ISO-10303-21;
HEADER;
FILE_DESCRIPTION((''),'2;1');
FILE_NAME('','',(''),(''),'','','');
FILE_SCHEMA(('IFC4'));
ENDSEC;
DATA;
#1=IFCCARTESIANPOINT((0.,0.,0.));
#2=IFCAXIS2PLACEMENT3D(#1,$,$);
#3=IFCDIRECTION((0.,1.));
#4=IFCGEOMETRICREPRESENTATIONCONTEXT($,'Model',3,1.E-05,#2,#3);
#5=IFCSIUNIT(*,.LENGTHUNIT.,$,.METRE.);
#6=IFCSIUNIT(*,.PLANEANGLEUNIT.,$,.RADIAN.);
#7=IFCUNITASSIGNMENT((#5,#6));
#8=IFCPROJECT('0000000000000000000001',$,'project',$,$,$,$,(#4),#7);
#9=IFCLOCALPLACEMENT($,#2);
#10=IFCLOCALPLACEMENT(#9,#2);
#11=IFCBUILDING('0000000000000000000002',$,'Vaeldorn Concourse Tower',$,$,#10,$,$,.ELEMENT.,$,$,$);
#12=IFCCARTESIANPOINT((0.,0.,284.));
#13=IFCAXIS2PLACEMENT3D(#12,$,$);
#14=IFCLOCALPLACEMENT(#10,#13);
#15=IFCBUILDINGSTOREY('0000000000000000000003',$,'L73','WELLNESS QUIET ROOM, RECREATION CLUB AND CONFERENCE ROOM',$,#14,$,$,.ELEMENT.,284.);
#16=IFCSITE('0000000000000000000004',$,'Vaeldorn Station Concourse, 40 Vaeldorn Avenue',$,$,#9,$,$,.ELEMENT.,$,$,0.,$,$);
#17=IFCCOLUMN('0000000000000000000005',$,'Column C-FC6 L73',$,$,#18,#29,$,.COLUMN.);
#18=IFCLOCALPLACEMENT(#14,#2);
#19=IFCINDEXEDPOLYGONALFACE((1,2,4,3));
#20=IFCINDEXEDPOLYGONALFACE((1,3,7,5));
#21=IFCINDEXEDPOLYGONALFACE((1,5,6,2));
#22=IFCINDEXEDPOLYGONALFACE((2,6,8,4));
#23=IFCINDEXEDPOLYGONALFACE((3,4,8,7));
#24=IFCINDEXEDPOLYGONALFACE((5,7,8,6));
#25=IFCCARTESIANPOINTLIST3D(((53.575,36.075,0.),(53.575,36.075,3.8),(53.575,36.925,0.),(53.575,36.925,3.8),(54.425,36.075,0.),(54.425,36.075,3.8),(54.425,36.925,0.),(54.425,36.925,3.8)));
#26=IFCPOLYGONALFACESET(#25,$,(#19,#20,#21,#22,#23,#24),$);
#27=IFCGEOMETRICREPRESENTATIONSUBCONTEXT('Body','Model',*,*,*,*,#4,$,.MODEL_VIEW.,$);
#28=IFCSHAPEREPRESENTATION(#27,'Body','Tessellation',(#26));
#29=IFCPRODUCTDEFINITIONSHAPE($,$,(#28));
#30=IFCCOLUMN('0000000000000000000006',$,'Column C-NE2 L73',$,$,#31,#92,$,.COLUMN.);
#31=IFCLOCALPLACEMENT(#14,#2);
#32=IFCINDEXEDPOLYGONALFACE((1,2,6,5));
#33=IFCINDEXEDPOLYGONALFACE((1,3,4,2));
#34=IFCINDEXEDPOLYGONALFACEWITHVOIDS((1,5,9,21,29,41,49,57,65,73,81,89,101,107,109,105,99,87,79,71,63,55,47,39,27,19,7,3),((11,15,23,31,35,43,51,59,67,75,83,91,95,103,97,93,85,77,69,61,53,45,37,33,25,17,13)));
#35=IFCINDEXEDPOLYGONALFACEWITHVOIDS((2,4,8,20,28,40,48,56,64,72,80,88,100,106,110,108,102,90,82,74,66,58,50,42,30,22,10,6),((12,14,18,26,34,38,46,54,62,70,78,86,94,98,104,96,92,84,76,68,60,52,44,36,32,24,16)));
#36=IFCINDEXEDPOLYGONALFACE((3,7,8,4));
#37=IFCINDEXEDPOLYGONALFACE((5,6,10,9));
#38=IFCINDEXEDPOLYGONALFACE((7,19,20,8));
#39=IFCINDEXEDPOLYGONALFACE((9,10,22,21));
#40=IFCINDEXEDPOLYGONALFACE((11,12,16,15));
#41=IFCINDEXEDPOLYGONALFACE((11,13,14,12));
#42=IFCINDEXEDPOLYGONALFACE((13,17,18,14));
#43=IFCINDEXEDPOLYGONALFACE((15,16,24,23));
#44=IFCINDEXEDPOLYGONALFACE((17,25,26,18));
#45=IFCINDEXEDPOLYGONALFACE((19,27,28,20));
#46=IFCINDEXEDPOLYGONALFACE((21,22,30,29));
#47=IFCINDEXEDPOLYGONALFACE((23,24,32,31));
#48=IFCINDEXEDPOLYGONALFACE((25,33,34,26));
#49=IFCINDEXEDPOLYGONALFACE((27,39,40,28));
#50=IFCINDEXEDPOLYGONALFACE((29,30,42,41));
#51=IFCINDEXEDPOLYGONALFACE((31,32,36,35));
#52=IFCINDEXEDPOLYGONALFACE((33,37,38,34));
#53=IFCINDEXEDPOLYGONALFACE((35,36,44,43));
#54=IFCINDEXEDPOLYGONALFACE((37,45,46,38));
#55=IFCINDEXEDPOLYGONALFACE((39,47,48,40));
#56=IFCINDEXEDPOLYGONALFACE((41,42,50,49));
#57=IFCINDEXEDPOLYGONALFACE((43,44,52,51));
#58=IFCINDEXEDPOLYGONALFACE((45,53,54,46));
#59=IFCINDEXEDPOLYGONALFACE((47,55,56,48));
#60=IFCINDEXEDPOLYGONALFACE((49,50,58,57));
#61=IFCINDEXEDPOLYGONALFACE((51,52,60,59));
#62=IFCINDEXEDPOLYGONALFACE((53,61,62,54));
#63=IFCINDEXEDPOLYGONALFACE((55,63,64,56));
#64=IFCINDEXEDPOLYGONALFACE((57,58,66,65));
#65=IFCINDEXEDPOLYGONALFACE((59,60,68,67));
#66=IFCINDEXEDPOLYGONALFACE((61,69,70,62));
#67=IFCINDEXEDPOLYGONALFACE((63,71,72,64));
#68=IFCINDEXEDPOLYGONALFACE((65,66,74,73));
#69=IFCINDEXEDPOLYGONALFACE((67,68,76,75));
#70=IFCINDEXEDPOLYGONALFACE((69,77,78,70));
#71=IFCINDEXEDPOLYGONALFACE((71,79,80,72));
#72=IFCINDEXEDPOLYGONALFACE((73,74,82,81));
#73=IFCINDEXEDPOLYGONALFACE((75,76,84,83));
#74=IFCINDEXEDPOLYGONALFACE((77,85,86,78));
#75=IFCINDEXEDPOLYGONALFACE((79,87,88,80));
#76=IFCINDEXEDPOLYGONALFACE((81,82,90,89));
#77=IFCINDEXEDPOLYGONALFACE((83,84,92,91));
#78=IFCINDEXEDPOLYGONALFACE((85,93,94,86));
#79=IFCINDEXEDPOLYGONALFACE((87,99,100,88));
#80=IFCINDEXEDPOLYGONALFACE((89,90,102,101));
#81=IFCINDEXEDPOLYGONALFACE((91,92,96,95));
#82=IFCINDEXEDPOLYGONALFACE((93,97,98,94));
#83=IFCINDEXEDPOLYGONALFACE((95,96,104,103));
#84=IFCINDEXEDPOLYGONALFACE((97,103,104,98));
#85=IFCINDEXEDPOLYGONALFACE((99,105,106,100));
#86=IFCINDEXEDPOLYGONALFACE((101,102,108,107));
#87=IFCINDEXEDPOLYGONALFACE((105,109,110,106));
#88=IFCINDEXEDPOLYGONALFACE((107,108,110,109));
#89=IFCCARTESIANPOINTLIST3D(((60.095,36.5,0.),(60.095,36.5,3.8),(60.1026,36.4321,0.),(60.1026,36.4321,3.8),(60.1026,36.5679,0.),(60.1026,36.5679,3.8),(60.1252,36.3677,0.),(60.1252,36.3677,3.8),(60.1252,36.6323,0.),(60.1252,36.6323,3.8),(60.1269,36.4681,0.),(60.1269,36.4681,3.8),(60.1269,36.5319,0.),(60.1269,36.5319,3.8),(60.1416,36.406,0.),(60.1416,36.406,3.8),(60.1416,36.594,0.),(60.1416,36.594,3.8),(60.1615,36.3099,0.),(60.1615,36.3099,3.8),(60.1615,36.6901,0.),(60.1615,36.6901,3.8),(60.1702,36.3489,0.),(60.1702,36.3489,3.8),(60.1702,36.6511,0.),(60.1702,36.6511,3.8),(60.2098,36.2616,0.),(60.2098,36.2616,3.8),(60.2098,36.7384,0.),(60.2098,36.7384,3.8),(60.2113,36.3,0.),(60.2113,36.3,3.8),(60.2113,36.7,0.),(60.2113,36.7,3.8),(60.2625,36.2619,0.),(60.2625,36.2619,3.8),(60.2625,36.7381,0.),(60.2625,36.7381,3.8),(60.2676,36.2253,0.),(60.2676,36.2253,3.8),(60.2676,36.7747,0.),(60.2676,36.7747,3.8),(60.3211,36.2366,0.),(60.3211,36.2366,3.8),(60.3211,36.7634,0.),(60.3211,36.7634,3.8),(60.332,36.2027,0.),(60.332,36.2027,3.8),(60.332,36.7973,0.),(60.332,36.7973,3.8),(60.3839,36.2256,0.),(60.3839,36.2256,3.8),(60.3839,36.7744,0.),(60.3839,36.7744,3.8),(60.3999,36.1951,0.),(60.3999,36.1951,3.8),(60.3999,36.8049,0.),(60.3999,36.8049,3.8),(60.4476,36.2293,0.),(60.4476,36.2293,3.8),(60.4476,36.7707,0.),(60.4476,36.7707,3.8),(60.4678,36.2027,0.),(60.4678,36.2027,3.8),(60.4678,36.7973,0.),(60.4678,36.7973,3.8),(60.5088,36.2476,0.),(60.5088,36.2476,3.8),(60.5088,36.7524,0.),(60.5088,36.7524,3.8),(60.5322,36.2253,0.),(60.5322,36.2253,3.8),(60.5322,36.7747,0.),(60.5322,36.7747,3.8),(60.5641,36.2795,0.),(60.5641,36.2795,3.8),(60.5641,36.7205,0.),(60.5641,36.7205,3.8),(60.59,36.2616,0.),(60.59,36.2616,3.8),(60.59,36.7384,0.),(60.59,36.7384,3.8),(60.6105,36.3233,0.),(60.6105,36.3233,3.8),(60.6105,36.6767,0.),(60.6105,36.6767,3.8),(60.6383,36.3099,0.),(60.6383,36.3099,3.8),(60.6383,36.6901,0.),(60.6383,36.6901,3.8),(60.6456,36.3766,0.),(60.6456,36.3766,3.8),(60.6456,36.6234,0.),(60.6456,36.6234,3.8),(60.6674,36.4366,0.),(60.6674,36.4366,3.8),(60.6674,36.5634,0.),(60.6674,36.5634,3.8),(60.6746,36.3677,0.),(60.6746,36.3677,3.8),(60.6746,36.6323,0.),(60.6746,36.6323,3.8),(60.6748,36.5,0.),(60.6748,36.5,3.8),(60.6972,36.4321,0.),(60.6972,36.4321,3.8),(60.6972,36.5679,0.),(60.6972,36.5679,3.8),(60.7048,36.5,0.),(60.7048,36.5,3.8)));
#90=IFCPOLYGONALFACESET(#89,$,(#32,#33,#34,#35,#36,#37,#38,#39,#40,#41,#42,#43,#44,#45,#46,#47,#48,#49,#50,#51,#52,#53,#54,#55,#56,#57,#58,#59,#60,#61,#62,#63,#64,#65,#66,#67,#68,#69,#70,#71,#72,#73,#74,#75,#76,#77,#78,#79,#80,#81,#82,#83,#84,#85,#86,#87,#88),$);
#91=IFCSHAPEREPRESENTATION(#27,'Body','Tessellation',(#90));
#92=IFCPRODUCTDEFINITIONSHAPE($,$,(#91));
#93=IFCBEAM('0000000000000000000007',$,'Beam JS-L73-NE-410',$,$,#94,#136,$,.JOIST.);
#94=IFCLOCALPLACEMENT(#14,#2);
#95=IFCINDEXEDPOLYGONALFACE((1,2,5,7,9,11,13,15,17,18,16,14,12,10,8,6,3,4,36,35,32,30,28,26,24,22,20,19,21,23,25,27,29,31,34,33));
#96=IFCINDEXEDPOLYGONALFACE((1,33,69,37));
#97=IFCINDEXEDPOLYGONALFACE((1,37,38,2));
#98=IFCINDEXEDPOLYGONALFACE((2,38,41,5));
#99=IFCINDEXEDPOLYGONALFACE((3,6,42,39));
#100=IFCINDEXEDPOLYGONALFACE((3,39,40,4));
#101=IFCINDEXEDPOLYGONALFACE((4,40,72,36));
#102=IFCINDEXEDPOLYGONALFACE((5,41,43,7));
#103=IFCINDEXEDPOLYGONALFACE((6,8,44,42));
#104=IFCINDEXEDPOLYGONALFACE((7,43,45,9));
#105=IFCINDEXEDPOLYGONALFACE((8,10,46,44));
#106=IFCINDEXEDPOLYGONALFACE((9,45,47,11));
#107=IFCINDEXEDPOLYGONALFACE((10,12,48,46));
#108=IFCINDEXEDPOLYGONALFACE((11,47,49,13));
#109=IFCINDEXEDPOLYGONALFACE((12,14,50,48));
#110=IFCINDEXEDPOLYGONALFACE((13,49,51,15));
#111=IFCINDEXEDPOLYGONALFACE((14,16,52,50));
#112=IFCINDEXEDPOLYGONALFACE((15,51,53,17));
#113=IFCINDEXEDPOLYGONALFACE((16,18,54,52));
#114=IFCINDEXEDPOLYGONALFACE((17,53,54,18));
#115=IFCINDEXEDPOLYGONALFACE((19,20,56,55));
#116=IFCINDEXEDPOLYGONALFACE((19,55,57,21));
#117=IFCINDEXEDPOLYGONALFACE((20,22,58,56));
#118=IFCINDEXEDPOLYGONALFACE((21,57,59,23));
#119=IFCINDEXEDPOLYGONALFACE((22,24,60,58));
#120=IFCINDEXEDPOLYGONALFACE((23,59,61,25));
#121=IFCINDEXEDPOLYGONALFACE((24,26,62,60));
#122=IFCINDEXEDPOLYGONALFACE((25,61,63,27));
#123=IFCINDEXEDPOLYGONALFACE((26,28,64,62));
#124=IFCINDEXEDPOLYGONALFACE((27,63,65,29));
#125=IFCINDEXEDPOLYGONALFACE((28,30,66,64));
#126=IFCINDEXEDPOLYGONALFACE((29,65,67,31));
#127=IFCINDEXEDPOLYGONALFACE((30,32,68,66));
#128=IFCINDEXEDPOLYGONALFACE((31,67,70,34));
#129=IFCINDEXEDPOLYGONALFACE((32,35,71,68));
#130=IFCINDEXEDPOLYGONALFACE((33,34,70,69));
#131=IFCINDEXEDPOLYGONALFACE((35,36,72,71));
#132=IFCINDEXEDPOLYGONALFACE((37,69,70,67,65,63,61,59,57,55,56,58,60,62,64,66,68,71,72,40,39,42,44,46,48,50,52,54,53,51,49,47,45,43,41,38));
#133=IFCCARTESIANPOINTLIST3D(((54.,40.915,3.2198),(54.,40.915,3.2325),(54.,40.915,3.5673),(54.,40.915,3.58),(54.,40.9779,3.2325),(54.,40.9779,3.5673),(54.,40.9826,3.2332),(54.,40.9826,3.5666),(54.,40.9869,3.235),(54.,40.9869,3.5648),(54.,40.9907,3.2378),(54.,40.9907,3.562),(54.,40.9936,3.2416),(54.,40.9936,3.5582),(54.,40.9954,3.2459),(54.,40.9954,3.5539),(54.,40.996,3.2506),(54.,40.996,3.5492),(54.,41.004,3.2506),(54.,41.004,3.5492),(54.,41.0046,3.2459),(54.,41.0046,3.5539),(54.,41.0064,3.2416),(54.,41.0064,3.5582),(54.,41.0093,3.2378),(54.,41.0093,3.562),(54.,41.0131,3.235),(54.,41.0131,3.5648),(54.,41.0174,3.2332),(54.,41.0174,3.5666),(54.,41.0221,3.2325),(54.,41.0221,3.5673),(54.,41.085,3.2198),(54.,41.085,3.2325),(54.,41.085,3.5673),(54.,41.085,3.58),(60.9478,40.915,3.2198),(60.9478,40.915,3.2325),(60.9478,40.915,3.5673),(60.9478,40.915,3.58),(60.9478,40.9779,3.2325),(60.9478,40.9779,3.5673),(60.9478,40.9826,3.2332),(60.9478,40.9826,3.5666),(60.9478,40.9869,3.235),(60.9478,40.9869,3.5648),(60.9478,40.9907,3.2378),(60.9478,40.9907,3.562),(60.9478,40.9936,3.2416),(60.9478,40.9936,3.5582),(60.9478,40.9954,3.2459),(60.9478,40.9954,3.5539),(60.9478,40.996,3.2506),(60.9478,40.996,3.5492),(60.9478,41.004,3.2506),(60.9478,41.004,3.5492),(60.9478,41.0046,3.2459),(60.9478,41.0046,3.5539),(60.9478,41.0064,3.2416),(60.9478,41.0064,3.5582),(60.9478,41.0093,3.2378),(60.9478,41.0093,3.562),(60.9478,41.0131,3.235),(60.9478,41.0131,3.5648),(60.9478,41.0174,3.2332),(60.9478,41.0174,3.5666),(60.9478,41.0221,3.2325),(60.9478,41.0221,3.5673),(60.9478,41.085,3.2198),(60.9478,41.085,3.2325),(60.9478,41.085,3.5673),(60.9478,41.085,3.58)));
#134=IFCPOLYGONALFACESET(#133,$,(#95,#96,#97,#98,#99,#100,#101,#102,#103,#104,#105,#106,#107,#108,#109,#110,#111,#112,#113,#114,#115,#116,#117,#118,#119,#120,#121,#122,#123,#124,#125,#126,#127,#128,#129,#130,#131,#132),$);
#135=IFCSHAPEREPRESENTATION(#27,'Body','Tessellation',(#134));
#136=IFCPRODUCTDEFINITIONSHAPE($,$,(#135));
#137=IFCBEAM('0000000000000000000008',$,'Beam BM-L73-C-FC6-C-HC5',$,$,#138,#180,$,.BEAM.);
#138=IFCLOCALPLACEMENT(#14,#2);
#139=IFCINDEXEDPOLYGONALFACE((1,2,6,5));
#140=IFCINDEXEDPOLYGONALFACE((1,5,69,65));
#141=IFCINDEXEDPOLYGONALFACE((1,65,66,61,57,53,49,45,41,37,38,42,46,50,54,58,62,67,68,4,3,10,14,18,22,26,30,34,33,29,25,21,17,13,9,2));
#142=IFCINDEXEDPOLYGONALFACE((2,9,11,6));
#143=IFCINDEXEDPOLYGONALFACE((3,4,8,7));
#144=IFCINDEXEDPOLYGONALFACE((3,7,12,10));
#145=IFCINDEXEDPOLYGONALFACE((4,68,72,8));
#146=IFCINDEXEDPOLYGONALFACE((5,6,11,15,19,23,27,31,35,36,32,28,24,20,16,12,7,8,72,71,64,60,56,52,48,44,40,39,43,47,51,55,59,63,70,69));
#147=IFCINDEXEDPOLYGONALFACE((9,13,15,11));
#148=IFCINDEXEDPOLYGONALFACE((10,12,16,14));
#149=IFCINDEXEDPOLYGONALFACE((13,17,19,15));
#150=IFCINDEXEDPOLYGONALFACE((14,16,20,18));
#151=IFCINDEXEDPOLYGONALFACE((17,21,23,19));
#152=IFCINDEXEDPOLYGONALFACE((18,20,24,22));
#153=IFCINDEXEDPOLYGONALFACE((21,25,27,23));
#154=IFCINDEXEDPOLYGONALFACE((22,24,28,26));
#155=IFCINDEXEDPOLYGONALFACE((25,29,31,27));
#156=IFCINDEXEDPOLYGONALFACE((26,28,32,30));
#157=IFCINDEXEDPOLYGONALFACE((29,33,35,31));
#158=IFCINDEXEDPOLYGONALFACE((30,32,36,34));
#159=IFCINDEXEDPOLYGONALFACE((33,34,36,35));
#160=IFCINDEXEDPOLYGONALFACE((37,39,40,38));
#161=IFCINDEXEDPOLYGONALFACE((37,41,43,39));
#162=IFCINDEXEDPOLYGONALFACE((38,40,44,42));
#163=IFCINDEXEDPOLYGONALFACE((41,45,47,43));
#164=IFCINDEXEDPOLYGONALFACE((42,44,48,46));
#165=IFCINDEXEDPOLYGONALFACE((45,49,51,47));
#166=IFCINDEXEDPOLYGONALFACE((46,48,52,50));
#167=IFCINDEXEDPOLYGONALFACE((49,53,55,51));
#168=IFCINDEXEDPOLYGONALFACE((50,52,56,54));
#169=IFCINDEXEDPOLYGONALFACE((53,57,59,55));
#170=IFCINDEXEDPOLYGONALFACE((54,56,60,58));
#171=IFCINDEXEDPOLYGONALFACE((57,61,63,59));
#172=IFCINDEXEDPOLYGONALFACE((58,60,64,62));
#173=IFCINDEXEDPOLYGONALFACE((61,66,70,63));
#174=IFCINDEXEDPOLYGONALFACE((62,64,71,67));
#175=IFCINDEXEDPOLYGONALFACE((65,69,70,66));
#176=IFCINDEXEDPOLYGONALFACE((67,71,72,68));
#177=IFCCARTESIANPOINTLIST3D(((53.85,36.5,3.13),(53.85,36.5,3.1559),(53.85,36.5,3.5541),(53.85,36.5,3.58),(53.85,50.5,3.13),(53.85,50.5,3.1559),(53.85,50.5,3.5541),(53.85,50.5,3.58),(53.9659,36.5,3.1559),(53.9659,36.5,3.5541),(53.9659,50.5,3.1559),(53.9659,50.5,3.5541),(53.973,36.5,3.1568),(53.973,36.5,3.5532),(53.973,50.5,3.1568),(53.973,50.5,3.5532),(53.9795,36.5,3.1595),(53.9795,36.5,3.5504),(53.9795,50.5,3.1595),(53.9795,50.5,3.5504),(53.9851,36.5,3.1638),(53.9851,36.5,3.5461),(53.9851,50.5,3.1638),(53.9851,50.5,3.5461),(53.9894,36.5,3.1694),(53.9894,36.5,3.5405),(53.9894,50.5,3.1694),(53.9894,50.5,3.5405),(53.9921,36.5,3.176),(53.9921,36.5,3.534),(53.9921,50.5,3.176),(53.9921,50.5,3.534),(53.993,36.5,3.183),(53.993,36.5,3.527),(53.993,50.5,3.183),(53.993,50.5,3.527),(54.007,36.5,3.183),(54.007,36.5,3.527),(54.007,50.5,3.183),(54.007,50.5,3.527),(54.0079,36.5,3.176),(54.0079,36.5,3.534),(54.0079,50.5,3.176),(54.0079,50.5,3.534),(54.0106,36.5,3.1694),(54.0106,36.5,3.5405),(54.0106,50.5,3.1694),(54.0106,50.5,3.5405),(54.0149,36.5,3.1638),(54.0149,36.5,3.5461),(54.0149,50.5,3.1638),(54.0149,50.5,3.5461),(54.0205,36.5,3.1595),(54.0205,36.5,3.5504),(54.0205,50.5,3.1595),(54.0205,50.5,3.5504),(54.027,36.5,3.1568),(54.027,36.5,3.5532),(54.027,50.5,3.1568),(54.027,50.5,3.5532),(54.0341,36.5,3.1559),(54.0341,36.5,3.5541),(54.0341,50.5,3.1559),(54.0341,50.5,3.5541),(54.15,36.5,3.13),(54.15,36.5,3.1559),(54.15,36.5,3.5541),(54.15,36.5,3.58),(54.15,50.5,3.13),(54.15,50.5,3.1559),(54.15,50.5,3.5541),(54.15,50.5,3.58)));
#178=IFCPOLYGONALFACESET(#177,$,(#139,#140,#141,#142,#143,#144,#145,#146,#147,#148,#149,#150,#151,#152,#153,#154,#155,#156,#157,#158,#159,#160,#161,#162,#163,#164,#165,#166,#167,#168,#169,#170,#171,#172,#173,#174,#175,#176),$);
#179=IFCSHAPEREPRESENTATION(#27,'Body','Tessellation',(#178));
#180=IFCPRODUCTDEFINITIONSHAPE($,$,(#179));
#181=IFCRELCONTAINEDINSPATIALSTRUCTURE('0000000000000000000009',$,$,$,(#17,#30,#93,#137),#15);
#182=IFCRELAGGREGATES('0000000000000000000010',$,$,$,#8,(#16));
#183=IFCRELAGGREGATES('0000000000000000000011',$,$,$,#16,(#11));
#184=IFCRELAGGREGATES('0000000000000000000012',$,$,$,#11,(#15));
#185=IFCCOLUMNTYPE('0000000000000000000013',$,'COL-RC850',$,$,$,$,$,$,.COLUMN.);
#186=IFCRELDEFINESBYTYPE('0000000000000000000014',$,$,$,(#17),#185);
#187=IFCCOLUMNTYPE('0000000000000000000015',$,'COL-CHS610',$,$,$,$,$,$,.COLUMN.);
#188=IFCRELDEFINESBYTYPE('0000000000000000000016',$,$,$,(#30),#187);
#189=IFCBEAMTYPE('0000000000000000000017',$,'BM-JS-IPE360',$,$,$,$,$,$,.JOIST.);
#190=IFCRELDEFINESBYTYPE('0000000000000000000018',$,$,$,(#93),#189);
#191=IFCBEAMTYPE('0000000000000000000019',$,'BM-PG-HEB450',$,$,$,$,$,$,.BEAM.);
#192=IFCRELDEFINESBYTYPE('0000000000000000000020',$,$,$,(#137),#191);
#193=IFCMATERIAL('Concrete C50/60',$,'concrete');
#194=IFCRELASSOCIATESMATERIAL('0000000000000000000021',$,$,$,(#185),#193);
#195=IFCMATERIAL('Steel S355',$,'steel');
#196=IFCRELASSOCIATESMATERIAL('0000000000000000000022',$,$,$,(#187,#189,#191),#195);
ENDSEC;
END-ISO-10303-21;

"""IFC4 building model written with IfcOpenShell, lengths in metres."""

from ifc_helpers import new_model, si_unit, direction, frame, origin, origin_2d, place, context, subcontext, project, spatial, rectangle, hollow_circle, i_section, extrude, source, transform, mapped, material, material_profile, profile_set, type_object, element, save


model = new_model("IFC4")

# Units and contexts
model_context = context("Model", 3, precision=1e-05, world=origin(), true_north=direction((0.0, 1.0)))
body_context = subcontext(model_context, "Body", "Model", "MODEL_VIEW")
ifc_project = project(units=[si_unit("LENGTHUNIT", "METRE"), si_unit("PLANEANGLEUNIT", "RADIAN")], contexts=[model_context])

# Site, building, storey
site_placement = place(None, origin())
site = spatial("IfcSite", under=ifc_project, at=site_placement, Name="Vaeldorn Station Concourse, 40 Vaeldorn Avenue", CompositionType="ELEMENT", RefElevation=0.0)
building_placement = place(site_placement, origin())
building = spatial("IfcBuilding", under=site, at=building_placement, Name="Vaeldorn Concourse Tower", CompositionType="ELEMENT")
storey_placement = place(building_placement, frame((0.0, 0.0, 284.0)))
storey = spatial("IfcBuildingStorey", under=building, at=storey_placement, Name="L73", Description="WELLNESS QUIET ROOM, RECREATION CLUB AND CONFERENCE ROOM", CompositionType="ELEMENT", Elevation=284.0)

# Columns
ifc_material_1 = material(Name="Concrete C50/60", Category="concrete")
ifc_material_profile_1 = material_profile(ifc_material_1, rectangle(XDim=0.8501, YDim=0.8501, at=origin_2d()), Name="RC 850x850")
ifc_profile_set_1 = profile_set([ifc_material_profile_1], Name="Concrete C50/60")
column_type_1 = type_object("IfcColumnType", Name="COL-RC850", PredefinedType="COLUMN", material=ifc_profile_set_1)
shared_shape_1 = source(origin(), body_context, "Body", "SweptSolid", [
    extrude(rectangle(XDim=0.8501, YDim=0.8501, at=origin_2d()), origin(), (0.0, 0.0, 1.0), 3.8),
])
column_1_placement = place(storey_placement, frame((54.0, 36.5, 0.0), z_axis=(0.0, 0.0, 1.0), x_axis=(1.0, 0.0, 0.0)))
element("IfcColumn", 1, at=column_1_placement, inside=storey, type_object=column_type_1, Name="Column C-FC6 L73", PredefinedType="COLUMN", context=body_context, shape_type="MappedRepresentation", body=[
    mapped(shared_shape_1, transform((0.0, 0.0, 0.0), scale=1.0)),
])
ifc_material_2 = material(Name="Steel S355", Category="steel")
ifc_material_profile_2 = material_profile(ifc_material_2, hollow_circle(Radius=0.3049, WallThickness=0.03, at=origin_2d()), Name="CHS 610x30")
ifc_profile_set_2 = profile_set([ifc_material_profile_2], Name="Steel S355")
column_type_2 = type_object("IfcColumnType", Name="COL-CHS610", PredefinedType="COLUMN", material=ifc_profile_set_2)
shared_shape_2 = source(origin(), body_context, "Body", "SweptSolid", [
    extrude(hollow_circle(Radius=0.3049, WallThickness=0.03, at=origin_2d()), origin(), (0.0, 0.0, 1.0), 3.8),
])
column_2_placement = place(storey_placement, frame((60.3999, 36.5, 0.0), z_axis=(0.0, 0.0, 1.0), x_axis=(1.0, 0.0, 0.0)))
element("IfcColumn", 2, at=column_2_placement, inside=storey, type_object=column_type_2, Name="Column C-NE2 L73", PredefinedType="COLUMN", context=body_context, shape_type="MappedRepresentation", body=[
    mapped(shared_shape_2, transform((0.0, 0.0, 0.0), scale=1.0)),
])

# Beams
ifc_material_profile_3 = material_profile(ifc_material_2, i_section(OverallWidth=0.1699, OverallDepth=0.3601, WebThickness=0.0081, FlangeThickness=0.0127, FilletRadius=0.0181, at=origin_2d()), Name="IPE 360")
ifc_profile_set_3 = profile_set([ifc_material_profile_3], Name="Steel S355")
beam_type_1 = type_object("IfcBeamType", Name="BM-JS-IPE360", PredefinedType="JOIST", material=ifc_profile_set_3)
shared_shape_3 = source(origin(), body_context, "Body", "SweptSolid", [
    extrude(i_section(OverallWidth=0.1699, OverallDepth=0.3601, WebThickness=0.0081, FlangeThickness=0.0127, FilletRadius=0.0181, at=origin_2d()), origin(), (0.0, 0.0, 1.0), 6.9478),
])
beam_1_placement = place(storey_placement, frame((54.0, 41.0, 3.3999), z_axis=(1.0, 0.0, 0.0), x_axis=(0.0, 1.0, 0.0)))
element("IfcBeam", 3, at=beam_1_placement, inside=storey, type_object=beam_type_1, Name="Beam JS-L73-NE-410", PredefinedType="JOIST", context=body_context, shape_type="MappedRepresentation", body=[
    mapped(shared_shape_3, transform((0.0, 0.0, 0.0), scale=1.0)),
])
ifc_material_profile_4 = material_profile(ifc_material_2, i_section(OverallWidth=0.3, OverallDepth=0.45, WebThickness=0.0139, FlangeThickness=0.0259, FilletRadius=0.0271, at=origin_2d()), Name="HEB 450")
ifc_profile_set_4 = profile_set([ifc_material_profile_4], Name="Steel S355")
beam_type_2 = type_object("IfcBeamType", Name="BM-PG-HEB450", PredefinedType="BEAM", material=ifc_profile_set_4)
shared_shape_4 = source(origin(), body_context, "Body", "SweptSolid", [
    extrude(i_section(OverallWidth=0.3, OverallDepth=0.45, WebThickness=0.0139, FlangeThickness=0.0259, FilletRadius=0.0271, at=origin_2d()), origin(), (0.0, 0.0, 1.0), 14.0),
])
beam_2_placement = place(storey_placement, frame((54.0, 36.5, 3.355), z_axis=(0.0, 1.0, 0.0), x_axis=(-1.0, 0.0, 0.0)))
element("IfcBeam", 4, at=beam_2_placement, inside=storey, type_object=beam_type_2, Name="Beam BM-L73-C-FC6-C-HC5", PredefinedType="BEAM", context=body_context, shape_type="MappedRepresentation", body=[
    mapped(shared_shape_4, transform((0.0, 0.0, 0.0), scale=1.0)),
])

save(model, "model.ifc")
